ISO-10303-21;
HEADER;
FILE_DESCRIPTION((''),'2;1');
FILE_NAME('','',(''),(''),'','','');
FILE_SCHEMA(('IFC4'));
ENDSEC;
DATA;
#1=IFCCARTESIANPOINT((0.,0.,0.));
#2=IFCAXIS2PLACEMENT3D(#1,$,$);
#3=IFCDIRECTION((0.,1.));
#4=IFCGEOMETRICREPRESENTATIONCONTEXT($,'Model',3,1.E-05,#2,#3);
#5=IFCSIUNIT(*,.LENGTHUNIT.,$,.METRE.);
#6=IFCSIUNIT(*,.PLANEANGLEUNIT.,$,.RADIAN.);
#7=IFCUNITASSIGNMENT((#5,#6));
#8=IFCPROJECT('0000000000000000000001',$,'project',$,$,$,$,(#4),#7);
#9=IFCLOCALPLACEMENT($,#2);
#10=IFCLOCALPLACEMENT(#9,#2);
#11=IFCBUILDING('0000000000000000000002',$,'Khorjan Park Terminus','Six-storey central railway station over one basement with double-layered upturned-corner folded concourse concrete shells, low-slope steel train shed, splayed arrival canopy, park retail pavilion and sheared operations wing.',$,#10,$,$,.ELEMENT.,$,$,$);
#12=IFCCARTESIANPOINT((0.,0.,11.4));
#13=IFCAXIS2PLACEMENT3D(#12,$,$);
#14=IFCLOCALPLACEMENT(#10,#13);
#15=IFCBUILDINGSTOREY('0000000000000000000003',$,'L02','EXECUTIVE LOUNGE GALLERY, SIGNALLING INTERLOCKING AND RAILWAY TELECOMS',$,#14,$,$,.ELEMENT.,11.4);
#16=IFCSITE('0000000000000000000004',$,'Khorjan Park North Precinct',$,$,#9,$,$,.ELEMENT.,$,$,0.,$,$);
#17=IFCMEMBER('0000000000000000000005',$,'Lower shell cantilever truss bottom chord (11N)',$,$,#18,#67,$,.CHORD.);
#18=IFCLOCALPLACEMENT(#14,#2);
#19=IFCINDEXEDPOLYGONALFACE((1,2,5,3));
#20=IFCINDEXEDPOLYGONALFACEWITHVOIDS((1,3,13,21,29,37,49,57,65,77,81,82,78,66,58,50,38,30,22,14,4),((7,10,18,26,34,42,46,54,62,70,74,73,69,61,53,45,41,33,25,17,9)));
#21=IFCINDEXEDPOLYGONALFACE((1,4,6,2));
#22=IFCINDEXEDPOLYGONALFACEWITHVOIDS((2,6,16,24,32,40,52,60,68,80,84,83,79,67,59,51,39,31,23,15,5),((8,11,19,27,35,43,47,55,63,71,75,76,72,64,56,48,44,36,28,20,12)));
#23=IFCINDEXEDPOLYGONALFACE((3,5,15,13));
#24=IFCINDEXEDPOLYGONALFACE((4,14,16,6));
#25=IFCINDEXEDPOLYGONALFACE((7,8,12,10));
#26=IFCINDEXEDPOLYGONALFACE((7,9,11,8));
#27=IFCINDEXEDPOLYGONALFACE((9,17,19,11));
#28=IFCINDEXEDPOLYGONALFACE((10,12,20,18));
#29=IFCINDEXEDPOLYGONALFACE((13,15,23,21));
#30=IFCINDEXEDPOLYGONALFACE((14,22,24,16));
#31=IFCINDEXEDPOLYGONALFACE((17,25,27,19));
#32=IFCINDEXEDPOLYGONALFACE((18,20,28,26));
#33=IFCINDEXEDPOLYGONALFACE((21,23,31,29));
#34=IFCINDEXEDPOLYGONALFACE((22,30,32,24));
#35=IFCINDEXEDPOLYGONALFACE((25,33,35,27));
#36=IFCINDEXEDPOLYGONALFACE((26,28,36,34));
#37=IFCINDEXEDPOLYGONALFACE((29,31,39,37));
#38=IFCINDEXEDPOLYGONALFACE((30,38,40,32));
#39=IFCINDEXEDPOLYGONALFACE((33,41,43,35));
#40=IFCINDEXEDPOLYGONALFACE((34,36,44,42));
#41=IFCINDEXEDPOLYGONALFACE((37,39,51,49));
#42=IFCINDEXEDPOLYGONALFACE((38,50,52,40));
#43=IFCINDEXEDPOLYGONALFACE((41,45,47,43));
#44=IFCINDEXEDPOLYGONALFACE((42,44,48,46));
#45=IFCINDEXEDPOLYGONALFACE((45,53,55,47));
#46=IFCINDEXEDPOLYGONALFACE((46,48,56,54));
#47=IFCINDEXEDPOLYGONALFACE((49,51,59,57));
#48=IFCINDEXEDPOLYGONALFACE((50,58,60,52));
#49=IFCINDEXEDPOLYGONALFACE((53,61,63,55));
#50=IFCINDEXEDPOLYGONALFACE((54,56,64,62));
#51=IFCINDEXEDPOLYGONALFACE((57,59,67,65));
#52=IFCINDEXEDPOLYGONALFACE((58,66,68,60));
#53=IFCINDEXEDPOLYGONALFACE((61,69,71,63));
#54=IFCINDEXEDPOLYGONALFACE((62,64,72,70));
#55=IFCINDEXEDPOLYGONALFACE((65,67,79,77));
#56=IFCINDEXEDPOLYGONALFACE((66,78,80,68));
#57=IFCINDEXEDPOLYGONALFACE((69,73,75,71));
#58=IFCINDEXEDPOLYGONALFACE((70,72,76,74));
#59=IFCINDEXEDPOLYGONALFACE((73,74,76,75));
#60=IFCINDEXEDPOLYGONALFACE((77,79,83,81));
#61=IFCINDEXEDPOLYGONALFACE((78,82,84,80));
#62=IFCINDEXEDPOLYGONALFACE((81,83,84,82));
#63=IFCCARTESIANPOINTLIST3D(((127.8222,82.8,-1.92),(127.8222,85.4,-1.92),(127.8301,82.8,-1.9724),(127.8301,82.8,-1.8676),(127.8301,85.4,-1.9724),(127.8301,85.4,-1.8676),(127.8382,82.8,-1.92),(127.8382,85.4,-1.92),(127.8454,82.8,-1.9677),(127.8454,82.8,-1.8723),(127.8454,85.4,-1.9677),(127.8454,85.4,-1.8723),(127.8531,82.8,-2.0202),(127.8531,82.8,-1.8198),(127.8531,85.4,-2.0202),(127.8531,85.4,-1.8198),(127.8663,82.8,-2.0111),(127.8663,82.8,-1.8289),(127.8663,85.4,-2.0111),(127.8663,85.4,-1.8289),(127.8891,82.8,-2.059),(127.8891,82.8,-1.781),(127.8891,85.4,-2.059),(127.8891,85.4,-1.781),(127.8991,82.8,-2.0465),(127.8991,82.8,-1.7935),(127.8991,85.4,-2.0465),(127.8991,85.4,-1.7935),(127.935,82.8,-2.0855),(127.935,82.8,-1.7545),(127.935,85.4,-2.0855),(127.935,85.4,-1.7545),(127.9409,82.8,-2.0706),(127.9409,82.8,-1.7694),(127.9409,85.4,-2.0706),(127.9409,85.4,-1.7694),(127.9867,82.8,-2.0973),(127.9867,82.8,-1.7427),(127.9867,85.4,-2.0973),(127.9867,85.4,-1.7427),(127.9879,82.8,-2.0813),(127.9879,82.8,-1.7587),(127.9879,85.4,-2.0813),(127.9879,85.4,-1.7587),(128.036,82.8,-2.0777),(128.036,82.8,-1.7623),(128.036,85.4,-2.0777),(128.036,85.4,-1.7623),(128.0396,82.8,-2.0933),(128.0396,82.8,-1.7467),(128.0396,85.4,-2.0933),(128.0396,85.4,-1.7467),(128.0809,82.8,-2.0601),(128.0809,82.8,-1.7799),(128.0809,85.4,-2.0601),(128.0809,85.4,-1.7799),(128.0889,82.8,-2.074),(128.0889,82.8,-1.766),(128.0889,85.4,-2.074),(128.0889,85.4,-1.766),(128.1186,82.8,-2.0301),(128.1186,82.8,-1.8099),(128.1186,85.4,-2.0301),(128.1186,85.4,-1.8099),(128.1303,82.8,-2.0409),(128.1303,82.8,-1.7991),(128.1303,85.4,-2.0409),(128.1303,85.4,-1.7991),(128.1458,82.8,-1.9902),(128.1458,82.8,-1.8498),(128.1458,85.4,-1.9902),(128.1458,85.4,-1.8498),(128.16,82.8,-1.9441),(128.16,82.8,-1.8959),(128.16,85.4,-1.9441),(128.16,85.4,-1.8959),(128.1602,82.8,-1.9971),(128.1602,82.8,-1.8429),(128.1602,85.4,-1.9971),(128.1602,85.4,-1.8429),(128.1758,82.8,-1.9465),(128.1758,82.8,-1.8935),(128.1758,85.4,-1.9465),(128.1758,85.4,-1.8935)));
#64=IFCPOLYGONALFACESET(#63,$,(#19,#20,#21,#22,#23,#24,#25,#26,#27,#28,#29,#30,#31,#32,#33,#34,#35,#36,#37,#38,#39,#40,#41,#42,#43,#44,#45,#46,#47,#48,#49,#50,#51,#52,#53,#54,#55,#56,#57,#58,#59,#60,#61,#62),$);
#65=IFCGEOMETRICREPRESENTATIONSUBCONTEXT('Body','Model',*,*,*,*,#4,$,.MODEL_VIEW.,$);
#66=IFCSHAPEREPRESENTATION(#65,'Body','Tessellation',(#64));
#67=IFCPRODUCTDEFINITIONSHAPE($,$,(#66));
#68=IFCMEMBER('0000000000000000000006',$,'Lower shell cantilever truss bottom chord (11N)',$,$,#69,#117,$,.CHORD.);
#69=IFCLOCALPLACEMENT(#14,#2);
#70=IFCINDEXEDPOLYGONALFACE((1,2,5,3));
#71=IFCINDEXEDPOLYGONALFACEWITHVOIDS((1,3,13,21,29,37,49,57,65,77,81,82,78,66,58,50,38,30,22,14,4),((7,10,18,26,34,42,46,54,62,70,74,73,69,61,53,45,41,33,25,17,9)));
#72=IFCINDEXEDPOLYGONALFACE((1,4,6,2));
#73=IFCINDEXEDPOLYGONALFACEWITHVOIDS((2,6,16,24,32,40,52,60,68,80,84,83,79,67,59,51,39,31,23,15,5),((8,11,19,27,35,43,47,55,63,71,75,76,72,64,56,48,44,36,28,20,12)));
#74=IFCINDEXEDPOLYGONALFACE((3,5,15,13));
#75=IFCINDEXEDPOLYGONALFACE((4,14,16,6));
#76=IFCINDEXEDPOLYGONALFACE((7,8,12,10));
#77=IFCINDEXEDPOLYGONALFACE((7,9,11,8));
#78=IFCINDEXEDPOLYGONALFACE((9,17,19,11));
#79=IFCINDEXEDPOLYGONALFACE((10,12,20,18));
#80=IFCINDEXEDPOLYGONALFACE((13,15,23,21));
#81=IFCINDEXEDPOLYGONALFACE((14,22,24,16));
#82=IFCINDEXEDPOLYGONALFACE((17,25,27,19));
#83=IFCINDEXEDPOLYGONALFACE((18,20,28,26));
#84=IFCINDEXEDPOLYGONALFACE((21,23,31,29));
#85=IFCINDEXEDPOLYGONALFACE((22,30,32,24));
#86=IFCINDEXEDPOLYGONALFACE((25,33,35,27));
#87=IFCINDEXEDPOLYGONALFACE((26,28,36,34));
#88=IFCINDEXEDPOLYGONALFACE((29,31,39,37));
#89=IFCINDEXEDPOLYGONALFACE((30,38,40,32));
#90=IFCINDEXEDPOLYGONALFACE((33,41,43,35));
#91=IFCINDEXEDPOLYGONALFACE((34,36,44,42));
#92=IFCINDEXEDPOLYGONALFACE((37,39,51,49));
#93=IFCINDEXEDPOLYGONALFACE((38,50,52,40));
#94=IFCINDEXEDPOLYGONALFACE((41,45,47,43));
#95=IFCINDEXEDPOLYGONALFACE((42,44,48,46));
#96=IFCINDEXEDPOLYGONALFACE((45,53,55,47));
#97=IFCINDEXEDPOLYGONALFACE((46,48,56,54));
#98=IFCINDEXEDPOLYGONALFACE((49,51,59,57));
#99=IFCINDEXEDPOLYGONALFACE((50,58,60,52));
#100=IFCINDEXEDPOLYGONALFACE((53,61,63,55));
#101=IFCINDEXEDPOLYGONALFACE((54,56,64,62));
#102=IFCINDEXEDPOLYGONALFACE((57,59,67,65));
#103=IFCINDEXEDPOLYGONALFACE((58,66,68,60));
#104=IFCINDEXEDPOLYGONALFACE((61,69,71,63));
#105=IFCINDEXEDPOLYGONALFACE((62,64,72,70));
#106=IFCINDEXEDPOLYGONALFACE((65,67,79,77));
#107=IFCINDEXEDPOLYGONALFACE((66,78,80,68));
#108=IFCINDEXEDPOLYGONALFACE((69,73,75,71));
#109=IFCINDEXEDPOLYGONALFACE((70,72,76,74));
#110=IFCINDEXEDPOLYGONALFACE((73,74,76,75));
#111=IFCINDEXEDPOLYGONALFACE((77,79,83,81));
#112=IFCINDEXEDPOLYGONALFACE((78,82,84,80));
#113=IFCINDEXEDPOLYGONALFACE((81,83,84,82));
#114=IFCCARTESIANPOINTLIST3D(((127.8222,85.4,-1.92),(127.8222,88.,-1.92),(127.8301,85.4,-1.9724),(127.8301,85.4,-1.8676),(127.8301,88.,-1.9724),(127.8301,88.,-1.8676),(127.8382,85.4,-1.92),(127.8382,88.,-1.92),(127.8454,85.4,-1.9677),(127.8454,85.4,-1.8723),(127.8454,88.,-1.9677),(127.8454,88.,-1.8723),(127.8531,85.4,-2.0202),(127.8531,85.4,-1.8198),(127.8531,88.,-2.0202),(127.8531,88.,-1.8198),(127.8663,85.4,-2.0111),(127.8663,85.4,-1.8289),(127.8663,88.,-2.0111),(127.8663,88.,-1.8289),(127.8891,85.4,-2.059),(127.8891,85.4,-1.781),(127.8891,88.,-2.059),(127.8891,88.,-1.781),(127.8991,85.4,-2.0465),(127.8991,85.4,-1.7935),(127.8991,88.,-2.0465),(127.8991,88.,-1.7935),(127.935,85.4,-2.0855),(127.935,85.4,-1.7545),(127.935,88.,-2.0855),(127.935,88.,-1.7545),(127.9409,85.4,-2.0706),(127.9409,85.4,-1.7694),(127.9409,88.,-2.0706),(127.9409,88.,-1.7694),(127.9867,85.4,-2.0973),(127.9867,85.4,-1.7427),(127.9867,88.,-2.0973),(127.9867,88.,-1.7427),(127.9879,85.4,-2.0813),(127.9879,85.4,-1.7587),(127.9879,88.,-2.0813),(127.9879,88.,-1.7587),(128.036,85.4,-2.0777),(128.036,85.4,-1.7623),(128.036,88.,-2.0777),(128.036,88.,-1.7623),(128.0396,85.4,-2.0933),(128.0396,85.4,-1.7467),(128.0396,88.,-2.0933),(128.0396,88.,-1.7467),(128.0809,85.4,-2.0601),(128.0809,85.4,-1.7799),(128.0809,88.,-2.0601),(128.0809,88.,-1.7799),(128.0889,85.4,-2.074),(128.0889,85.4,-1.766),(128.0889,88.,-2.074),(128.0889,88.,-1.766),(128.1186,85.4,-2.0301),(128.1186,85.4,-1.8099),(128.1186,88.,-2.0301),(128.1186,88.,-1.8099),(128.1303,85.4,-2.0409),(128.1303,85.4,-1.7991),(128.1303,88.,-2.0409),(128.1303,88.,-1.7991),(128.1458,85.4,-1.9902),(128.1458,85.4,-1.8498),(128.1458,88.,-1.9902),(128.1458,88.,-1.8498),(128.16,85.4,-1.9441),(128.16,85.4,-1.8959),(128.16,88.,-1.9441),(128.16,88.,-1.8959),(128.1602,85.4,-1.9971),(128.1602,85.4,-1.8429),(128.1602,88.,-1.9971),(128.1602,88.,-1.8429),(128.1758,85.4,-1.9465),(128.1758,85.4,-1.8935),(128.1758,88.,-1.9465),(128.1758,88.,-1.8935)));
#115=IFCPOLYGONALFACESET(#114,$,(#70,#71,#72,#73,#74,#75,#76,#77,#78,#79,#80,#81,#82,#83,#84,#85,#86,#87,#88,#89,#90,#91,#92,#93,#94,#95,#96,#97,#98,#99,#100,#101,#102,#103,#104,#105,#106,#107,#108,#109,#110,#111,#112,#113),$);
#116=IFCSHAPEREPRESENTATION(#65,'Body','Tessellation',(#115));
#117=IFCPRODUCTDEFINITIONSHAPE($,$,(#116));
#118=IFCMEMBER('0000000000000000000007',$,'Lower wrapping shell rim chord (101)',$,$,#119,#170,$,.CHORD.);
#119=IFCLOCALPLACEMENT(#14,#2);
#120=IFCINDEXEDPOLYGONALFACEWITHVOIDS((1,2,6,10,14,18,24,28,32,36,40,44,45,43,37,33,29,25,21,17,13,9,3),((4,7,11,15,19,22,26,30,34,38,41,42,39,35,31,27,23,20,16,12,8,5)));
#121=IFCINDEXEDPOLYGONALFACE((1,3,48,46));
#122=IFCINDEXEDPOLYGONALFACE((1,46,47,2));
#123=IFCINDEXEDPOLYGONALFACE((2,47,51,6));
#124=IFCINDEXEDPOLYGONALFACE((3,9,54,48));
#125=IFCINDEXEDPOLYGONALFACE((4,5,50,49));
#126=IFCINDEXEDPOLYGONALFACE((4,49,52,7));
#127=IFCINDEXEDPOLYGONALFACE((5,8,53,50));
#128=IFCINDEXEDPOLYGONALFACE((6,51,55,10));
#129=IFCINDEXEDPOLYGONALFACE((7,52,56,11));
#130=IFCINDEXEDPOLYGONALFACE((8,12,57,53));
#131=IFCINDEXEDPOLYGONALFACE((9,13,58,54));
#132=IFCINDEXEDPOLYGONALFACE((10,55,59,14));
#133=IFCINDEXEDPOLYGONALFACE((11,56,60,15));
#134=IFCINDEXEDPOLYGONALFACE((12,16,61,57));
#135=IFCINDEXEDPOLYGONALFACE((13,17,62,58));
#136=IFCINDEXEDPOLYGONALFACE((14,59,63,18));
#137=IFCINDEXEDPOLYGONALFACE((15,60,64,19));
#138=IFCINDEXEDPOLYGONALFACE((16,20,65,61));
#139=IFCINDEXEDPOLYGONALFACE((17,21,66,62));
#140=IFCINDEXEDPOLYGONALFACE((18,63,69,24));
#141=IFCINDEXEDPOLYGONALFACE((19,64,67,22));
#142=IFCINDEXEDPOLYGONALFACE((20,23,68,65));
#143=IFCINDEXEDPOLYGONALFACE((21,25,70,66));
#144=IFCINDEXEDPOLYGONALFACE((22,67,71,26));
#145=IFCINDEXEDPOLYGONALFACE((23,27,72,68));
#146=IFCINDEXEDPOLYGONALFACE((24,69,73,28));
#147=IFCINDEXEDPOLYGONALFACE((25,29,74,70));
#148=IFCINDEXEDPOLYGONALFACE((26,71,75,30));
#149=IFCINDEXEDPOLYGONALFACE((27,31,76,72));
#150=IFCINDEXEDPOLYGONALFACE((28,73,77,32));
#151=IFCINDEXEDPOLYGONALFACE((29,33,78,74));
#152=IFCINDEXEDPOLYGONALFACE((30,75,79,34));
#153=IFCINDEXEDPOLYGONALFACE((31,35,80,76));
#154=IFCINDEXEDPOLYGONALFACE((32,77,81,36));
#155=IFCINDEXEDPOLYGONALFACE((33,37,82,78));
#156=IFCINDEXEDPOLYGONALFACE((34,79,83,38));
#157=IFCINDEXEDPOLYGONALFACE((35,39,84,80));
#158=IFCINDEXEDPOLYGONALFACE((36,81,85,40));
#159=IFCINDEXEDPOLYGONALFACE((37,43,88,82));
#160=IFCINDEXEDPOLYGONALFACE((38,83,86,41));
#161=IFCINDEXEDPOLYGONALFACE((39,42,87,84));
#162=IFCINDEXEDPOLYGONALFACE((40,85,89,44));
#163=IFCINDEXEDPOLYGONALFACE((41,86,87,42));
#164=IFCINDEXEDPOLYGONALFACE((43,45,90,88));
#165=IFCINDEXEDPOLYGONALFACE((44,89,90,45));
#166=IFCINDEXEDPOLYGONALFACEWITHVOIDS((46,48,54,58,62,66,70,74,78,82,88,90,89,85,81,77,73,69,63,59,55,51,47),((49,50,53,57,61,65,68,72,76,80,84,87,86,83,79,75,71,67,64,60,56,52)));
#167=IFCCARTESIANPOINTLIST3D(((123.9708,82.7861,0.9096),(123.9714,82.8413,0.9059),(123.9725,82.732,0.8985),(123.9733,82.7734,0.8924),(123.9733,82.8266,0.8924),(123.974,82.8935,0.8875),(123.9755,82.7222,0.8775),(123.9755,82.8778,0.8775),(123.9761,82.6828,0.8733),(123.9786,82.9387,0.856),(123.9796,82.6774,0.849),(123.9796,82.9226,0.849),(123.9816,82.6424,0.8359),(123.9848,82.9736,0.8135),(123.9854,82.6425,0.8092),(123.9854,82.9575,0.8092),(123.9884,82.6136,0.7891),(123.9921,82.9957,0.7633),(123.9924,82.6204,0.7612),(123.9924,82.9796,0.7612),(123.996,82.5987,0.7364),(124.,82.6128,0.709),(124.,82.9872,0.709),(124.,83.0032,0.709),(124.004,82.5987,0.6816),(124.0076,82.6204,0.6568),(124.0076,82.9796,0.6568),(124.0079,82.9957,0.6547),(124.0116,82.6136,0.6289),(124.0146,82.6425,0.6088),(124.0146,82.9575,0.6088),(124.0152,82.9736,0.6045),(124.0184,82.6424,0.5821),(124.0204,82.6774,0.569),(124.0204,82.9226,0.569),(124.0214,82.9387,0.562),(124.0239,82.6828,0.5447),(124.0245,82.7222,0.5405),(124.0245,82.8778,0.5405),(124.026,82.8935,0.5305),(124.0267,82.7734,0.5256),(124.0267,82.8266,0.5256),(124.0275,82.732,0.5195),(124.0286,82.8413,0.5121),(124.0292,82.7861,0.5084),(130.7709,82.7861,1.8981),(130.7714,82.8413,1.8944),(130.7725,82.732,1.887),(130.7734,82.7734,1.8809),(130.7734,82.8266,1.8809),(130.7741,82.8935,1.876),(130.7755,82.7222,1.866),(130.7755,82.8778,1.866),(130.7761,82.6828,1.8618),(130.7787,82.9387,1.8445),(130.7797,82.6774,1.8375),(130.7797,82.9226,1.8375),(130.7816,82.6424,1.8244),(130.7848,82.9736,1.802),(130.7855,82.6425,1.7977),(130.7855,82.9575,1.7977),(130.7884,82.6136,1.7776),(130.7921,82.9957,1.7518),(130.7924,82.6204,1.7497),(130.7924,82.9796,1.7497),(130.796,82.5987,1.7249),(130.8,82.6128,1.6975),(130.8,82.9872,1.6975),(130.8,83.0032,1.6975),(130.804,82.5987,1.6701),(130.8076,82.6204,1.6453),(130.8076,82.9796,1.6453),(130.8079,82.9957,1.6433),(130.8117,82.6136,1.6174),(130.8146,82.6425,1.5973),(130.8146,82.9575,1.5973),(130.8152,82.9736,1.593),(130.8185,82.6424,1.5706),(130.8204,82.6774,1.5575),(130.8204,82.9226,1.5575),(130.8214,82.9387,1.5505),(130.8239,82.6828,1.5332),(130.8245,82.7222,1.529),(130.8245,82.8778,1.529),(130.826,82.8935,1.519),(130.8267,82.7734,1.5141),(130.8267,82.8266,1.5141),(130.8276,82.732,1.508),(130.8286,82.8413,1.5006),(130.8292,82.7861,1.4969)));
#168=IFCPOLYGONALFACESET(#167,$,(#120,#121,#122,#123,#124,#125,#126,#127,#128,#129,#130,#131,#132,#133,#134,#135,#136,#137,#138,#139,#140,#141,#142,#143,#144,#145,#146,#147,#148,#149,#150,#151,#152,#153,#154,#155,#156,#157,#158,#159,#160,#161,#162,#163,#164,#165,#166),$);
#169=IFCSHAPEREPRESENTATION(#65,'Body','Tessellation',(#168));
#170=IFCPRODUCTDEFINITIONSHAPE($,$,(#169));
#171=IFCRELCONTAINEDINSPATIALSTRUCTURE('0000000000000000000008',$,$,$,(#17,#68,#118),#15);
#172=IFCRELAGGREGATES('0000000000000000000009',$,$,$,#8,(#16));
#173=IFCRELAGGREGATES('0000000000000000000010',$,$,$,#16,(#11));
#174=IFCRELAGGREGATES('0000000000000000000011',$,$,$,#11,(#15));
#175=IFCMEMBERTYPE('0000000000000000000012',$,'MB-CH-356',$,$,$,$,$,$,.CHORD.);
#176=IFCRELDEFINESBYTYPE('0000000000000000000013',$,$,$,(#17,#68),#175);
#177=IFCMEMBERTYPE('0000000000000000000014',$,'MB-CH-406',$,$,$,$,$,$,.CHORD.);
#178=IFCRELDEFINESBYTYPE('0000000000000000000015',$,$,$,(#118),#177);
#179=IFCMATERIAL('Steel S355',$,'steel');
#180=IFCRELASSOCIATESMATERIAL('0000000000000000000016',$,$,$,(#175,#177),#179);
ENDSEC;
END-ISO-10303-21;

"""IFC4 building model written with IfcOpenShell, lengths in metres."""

from ifc_helpers import new_model, si_unit, direction, frame, origin, origin_2d, place, context, subcontext, project, spatial, hollow_circle, extrude, material, material_profile, profile_set, type_object, element, save


model = new_model("IFC4")

# Units and contexts
model_context = context("Model", 3, precision=1e-05, world=origin(), true_north=direction((0.0, 1.0)))
body_context = subcontext(model_context, "Body", "Model", "MODEL_VIEW")
ifc_project = project(units=[si_unit("LENGTHUNIT", "METRE"), si_unit("PLANEANGLEUNIT", "RADIAN")], contexts=[model_context])

# Site, building, storey
site_placement = place(None, origin())
site = spatial("IfcSite", under=ifc_project, at=site_placement, Name="Khorjan Park North Precinct", CompositionType="ELEMENT", RefElevation=0.0)
building_placement = place(site_placement, origin())
building = spatial("IfcBuilding", under=site, at=building_placement, Name="Khorjan Park Terminus", Description="Six-storey central railway station over one basement with double-layered upturned-corner folded concourse concrete shells, low-slope steel train shed, splayed arrival canopy, park retail pavilion and sheared operations wing.", CompositionType="ELEMENT")
storey_placement = place(building_placement, frame((0.0, 0.0, 11.4)))
storey = spatial("IfcBuildingStorey", under=building, at=storey_placement, Name="L02", Description="EXECUTIVE LOUNGE GALLERY, SIGNALLING INTERLOCKING AND RAILWAY TELECOMS", CompositionType="ELEMENT", Elevation=11.4)

# Members
ifc_material_1 = material(Name="Steel S355", Category="steel")
ifc_material_profile_1 = material_profile(ifc_material_1, hollow_circle(Radius=0.1778, WallThickness=0.016, at=origin_2d()), Name="CHS 355.6x16")
ifc_profile_set_1 = profile_set([ifc_material_profile_1], Name="Steel S355")
member_type_1 = type_object("IfcMemberType", Name="MB-CH-356", PredefinedType="CHORD", material=ifc_profile_set_1)
for number, where, z_axis, x_axis, name in (
    (1, (128.0, 82.8, -1.92), (0.0, 1.0, 0.0), (-1.0, 0.0, 0.0), "Lower shell cantilever truss bottom chord (11N)"),
    (2, (128.0, 85.4, -1.92), (0.0, 1.0, 0.0), (-1.0, 0.0, 0.0), "Lower shell cantilever truss bottom chord (11N)"),
):
    element("IfcMember", number, at=place(storey_placement, frame(where, z_axis=z_axis, x_axis=x_axis)), inside=storey, type_object=member_type_1, Name=name, PredefinedType="CHORD", context=body_context, shape_type="SweptSolid", body=[
        extrude(hollow_circle(Radius=0.1778, WallThickness=0.016, at=origin_2d()), origin(), (0.0, 0.0, 1.0), 2.6),
    ])
ifc_material_profile_2 = material_profile(ifc_material_1, hollow_circle(Radius=0.2032, WallThickness=0.016, at=origin_2d()), Name="CHS 406.4x16")
ifc_profile_set_2 = profile_set([ifc_material_profile_2], Name="Steel S355")
member_type_2 = type_object("IfcMemberType", Name="MB-CH-406", PredefinedType="CHORD", material=ifc_profile_set_2)
member_1_placement = place(storey_placement, frame((124.0, 82.8, 0.709), z_axis=(0.989599, 0.0, 0.143856), x_axis=(0.0, 1.0, 0.0)))
element("IfcMember", 3, at=member_1_placement, inside=storey, type_object=member_type_2, Name="Lower wrapping shell rim chord (101)", PredefinedType="CHORD", context=body_context, shape_type="SweptSolid", body=[
    extrude(hollow_circle(Radius=0.2032, WallThickness=0.016, at=origin_2d()), origin(), (0.0, 0.0, 1.0), 6.8715),
])

save(model, "model.ifc")
